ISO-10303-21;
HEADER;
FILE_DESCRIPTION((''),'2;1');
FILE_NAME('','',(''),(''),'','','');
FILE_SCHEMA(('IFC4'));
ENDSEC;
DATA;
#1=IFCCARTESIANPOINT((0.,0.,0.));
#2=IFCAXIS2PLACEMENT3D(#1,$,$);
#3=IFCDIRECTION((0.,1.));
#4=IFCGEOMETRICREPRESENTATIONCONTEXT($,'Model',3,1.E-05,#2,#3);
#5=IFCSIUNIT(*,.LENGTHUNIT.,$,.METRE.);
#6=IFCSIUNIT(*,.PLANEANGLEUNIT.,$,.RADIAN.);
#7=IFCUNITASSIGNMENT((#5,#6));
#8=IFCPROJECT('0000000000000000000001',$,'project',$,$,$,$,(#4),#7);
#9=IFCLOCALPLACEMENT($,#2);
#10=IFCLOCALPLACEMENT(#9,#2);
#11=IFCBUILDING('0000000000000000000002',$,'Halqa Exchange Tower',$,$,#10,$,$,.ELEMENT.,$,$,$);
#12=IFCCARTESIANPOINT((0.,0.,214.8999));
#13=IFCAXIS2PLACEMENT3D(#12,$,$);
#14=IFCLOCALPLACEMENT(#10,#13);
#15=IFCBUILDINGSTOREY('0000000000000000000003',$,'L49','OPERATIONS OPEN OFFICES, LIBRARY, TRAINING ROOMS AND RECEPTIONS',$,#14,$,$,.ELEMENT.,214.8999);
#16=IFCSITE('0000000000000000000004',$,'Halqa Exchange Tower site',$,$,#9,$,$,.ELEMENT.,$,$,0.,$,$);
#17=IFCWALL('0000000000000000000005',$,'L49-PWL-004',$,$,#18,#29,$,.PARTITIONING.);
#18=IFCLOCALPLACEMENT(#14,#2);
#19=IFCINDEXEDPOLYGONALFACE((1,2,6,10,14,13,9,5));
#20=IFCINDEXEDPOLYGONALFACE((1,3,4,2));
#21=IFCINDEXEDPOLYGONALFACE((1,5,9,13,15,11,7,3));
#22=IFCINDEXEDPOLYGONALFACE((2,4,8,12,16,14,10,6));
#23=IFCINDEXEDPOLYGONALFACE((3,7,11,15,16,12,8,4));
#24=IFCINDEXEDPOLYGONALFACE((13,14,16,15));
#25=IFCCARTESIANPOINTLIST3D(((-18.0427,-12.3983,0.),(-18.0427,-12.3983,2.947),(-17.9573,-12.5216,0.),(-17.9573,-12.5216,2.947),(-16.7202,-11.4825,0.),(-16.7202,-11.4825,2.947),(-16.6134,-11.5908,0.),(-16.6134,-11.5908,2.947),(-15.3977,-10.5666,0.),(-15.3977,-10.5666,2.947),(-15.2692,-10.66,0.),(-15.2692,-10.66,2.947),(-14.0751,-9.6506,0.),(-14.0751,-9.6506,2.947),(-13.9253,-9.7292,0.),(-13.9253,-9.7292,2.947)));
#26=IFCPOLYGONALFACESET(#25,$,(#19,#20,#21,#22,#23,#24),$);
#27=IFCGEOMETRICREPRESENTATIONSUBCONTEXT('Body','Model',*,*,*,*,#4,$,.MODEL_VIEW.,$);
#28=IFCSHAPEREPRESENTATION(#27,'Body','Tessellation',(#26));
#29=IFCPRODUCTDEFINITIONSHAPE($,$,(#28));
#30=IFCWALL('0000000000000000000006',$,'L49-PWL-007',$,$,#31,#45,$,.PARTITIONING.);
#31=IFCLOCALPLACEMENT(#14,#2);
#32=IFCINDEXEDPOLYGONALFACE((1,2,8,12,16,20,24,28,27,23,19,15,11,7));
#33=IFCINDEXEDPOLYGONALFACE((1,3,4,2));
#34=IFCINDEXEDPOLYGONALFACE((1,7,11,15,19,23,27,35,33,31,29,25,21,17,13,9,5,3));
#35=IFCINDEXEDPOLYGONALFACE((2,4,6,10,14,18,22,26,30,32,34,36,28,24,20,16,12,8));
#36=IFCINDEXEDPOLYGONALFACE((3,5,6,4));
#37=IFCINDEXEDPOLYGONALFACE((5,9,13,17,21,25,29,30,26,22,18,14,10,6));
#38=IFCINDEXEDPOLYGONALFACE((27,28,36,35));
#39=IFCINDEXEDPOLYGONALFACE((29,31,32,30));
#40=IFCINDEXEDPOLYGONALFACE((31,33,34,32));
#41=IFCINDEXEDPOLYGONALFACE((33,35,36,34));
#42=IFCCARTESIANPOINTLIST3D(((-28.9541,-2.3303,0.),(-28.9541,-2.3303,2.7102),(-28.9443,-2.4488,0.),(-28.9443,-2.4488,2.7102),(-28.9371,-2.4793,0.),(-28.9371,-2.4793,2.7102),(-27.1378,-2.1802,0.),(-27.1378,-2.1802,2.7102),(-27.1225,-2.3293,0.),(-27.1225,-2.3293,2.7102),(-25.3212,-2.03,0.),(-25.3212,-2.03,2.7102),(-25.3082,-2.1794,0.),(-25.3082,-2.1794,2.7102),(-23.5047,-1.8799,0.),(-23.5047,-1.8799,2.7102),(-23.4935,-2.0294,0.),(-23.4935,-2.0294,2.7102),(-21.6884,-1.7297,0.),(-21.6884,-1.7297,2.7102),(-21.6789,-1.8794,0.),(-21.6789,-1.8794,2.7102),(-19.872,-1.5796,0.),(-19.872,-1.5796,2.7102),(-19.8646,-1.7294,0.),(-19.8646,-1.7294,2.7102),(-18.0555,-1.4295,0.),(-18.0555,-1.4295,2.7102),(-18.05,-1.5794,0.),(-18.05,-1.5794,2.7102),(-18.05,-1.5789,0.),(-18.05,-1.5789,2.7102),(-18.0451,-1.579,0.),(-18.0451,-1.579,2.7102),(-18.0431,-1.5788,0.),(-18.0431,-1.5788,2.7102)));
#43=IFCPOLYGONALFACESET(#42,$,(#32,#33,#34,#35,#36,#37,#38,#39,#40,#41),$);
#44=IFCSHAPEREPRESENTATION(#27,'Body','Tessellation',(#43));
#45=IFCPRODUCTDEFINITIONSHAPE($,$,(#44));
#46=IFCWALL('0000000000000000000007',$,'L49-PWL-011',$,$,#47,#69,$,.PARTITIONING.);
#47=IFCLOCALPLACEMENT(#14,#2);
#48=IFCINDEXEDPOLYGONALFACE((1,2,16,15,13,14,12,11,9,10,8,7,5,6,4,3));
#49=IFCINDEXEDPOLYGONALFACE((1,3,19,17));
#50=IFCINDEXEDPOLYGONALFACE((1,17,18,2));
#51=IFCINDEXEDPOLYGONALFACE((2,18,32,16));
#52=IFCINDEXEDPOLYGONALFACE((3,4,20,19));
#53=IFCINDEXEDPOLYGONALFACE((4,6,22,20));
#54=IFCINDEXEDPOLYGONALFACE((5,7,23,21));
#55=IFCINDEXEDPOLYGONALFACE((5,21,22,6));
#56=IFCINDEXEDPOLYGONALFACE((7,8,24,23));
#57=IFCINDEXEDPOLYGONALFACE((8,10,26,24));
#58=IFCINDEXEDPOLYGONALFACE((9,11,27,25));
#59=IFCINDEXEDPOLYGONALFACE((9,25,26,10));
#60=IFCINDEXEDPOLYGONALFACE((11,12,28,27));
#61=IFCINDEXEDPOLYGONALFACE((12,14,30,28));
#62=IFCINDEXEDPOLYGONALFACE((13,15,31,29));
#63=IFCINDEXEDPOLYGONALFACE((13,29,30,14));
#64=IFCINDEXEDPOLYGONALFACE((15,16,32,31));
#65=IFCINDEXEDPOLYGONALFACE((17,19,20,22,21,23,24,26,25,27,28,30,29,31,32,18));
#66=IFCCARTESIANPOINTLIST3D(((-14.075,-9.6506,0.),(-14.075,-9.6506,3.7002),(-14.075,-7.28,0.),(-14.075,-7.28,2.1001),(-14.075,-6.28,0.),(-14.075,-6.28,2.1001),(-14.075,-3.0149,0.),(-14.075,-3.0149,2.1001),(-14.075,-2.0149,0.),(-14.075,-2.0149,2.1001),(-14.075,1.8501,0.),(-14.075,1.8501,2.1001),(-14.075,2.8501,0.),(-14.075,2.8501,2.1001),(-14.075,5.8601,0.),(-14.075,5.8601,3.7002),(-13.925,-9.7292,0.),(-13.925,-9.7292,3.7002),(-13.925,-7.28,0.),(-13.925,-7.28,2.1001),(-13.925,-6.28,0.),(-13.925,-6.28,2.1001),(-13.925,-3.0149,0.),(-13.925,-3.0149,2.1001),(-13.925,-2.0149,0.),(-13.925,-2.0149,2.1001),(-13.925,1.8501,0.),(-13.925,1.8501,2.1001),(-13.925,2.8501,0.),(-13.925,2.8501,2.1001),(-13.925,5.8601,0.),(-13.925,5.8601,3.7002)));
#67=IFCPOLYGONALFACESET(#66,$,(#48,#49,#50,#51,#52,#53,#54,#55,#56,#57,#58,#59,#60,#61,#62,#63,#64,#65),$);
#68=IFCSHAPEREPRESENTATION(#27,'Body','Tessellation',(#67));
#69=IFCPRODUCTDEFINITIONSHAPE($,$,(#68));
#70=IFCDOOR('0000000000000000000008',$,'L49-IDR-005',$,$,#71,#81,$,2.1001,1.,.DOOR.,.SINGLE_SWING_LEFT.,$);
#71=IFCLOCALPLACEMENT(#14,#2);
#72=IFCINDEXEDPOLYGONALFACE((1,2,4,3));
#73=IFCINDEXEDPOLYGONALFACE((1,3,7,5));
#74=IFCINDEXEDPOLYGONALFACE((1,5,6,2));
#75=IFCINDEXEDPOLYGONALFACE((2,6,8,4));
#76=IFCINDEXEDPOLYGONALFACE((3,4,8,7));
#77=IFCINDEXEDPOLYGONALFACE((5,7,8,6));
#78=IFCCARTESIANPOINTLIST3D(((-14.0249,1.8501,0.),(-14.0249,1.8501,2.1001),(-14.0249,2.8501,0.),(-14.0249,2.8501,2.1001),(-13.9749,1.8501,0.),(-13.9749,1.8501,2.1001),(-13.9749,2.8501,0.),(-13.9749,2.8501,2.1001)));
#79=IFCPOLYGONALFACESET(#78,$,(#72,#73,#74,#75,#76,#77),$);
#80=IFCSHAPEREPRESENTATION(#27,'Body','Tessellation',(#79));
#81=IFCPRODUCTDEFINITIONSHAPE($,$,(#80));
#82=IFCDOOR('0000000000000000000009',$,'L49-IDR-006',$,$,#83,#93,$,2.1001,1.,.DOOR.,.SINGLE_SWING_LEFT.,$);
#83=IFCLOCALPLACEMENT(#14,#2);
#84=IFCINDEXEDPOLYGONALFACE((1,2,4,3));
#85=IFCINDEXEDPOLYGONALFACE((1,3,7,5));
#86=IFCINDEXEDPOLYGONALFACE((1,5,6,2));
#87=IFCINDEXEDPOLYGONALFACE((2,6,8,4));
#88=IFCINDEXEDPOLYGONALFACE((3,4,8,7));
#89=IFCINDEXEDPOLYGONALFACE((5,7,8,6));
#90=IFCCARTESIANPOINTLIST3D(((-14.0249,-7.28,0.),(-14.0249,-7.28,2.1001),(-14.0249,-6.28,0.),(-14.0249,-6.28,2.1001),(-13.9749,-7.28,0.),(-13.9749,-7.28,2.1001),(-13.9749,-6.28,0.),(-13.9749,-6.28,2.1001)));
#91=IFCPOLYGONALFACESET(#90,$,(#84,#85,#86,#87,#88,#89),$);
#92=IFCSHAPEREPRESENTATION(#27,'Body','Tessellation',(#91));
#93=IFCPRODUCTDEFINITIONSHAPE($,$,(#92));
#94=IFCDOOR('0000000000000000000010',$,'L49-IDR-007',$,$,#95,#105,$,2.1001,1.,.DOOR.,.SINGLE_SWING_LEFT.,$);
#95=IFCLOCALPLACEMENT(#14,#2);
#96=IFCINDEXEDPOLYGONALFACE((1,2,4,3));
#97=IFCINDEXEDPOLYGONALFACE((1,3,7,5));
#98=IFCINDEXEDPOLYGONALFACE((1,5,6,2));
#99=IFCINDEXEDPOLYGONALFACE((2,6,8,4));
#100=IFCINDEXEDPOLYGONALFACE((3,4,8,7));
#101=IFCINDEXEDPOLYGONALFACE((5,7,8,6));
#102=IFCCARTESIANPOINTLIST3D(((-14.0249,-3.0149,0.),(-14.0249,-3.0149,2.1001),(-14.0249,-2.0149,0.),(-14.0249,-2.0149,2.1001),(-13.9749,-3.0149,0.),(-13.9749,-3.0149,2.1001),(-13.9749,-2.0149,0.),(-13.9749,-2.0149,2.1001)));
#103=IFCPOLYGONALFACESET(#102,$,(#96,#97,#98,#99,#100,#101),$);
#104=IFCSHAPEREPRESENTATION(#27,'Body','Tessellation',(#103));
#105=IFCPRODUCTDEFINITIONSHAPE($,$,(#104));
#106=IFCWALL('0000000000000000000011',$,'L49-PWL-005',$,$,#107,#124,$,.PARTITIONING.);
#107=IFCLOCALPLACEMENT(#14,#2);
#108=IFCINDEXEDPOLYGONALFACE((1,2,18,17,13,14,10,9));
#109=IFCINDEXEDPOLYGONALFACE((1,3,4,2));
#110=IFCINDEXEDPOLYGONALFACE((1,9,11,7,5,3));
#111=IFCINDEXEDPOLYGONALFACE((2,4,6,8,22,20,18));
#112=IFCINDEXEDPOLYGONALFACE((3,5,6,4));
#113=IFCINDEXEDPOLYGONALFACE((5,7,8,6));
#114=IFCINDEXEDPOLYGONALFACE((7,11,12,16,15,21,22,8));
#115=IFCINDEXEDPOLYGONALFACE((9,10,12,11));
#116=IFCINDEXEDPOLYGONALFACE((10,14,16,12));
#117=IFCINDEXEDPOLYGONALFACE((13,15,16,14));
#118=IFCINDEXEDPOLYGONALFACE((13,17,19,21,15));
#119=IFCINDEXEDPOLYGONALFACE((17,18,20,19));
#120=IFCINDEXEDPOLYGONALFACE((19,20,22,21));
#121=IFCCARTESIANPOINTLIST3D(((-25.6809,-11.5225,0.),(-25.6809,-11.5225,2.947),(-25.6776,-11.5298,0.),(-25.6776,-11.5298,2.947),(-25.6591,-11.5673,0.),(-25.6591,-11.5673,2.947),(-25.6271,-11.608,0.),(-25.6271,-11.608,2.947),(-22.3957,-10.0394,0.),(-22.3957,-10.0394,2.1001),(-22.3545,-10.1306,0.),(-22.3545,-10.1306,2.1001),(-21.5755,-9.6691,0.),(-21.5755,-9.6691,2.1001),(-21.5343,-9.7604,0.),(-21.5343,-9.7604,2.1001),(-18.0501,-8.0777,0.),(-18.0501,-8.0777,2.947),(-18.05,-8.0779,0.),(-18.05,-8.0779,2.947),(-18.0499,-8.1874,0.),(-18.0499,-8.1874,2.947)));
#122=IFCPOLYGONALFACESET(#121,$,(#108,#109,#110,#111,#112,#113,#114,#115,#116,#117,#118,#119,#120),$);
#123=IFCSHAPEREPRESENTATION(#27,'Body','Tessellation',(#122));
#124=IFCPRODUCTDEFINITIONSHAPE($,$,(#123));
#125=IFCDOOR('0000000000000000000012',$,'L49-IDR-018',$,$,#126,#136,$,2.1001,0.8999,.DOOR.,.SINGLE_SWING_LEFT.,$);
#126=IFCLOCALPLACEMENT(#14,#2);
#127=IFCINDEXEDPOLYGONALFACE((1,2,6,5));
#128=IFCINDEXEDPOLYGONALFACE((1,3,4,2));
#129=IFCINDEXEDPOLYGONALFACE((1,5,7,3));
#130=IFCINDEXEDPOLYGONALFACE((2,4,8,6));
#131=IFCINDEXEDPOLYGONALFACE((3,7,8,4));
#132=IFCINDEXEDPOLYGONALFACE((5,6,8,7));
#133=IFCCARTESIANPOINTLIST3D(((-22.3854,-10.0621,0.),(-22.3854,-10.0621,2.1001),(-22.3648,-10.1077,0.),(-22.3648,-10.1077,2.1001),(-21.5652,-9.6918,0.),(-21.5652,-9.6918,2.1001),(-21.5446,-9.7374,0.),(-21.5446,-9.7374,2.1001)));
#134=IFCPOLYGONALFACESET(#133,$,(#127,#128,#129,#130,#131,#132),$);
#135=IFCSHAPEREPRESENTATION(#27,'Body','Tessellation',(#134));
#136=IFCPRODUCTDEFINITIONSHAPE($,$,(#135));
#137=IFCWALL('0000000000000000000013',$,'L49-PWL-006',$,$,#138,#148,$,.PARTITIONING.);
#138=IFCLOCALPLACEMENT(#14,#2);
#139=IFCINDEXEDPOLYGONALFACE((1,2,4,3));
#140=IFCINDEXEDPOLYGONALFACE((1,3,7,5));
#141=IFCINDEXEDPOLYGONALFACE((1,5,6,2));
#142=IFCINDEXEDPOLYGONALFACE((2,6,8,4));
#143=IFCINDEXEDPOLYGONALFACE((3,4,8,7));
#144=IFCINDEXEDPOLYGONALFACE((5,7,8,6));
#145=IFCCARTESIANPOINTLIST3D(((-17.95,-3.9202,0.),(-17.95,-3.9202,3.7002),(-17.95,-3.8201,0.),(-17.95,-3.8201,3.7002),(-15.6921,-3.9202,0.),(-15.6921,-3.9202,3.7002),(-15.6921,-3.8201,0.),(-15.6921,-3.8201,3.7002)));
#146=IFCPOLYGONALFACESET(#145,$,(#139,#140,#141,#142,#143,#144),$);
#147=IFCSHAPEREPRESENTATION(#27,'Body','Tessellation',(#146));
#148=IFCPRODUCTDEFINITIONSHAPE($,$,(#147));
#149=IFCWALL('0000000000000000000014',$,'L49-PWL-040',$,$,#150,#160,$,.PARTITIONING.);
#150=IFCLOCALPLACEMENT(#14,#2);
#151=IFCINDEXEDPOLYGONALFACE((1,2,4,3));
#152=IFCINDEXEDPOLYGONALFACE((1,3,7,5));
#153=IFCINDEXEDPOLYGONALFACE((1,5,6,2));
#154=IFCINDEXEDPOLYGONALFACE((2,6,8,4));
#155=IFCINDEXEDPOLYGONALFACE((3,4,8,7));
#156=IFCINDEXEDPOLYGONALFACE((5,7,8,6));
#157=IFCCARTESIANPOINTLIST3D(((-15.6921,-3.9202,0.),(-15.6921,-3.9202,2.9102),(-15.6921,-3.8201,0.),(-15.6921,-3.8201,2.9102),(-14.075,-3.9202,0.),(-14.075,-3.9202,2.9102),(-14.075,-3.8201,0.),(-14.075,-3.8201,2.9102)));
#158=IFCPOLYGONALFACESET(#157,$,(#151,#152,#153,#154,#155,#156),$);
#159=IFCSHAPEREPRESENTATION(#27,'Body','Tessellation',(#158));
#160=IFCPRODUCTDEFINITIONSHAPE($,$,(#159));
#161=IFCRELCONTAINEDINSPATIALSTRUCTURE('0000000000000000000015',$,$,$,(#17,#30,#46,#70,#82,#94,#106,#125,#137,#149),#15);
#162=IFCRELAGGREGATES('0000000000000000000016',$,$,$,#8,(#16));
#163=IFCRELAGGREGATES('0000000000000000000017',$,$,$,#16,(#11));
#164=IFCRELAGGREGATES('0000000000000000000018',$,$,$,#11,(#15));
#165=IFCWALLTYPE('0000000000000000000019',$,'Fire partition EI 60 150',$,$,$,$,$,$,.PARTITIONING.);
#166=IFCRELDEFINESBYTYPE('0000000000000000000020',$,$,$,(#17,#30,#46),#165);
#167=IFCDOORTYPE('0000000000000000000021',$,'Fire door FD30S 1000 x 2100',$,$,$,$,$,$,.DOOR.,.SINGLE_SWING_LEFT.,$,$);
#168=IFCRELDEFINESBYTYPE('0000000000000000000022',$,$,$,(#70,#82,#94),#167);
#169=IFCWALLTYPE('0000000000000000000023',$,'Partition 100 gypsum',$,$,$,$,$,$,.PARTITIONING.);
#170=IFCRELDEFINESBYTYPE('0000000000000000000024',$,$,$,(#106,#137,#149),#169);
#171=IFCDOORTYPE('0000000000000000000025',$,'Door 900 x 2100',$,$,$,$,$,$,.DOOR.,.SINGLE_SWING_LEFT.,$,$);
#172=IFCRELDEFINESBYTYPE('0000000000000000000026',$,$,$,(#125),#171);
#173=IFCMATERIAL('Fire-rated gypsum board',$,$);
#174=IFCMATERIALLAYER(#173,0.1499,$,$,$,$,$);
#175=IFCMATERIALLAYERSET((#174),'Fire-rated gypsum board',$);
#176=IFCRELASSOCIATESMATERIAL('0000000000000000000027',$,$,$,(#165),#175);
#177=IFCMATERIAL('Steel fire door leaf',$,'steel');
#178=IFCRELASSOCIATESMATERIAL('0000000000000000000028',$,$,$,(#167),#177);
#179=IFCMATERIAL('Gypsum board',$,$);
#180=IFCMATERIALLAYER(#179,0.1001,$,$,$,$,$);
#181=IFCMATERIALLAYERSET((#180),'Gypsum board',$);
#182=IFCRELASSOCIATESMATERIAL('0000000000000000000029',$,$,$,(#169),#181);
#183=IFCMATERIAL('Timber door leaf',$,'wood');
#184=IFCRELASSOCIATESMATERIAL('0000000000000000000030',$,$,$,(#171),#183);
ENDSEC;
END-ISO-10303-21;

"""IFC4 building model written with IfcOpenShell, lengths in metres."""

from ifc_helpers import new_model, si_unit, direction, frame, frame_2d, origin, place, context, subcontext, project, spatial, polyline, rectangle, outline, extrude, material, layer, layer_set, type_object, element, fill, save


model = new_model("IFC4")

# Units and contexts
model_context = context("Model", 3, precision=1e-05, world=origin(), true_north=direction((0.0, 1.0)))
body_context = subcontext(model_context, "Body", "Model", "MODEL_VIEW")
ifc_project = project(units=[si_unit("LENGTHUNIT", "METRE"), si_unit("PLANEANGLEUNIT", "RADIAN")], contexts=[model_context])

# Site, building, storey
site_placement = place(None, origin())
site = spatial("IfcSite", under=ifc_project, at=site_placement, Name="Halqa Exchange Tower site", CompositionType="ELEMENT", RefElevation=0.0)
building_placement = place(site_placement, origin())
building = spatial("IfcBuilding", under=site, at=building_placement, Name="Halqa Exchange Tower", CompositionType="ELEMENT")
storey_placement = place(building_placement, frame((0.0, 0.0, 214.8999)))
storey = spatial("IfcBuildingStorey", under=building, at=storey_placement, Name="L49", Description="OPERATIONS OPEN OFFICES, LIBRARY, TRAINING ROOMS AND RECEPTIONS", CompositionType="ELEMENT", Elevation=214.8999)

# Walls
ifc_material_1 = material(Name="Fire-rated gypsum board")
ifc_layer_1 = layer(ifc_material_1, 0.1499)
ifc_layer_set_1 = layer_set([ifc_layer_1], Name="Fire-rated gypsum board")
wall_type_1 = type_object("IfcWallType", Name="Fire partition EI 60 150", PredefinedType="PARTITIONING", material=ifc_layer_set_1)
wall_1_placement = place(storey_placement, frame((-18.0, -12.46, 0.0), z_axis=(0.0, 0.0, 1.0), x_axis=(0.822103, 0.569339, 0.0)))
element("IfcWall", 1, at=wall_1_placement, inside=storey, type_object=wall_type_1, Name="L49-PWL-004", PredefinedType="PARTITIONING", context=body_context, shape_type="SweptSolid", body=[
    extrude(outline(polyline([(0.0, -0.075), (1.6348, -0.075), (3.2698, -0.075), (4.9045, -0.075), (4.8262, 0.075), (3.2173, 0.075), (1.6086, 0.075), (0.0, 0.075), (0.0, -0.075)])), origin(), (0.0, 0.0, 1.0), 2.947),
])
wall_2_placement = place(storey_placement, frame((-18.0493, -1.5042, 0.0), z_axis=(0.0, 0.0, 1.0), x_axis=(-0.996601, -0.082378, 0.0)))
element("IfcWall", 2, at=wall_2_placement, inside=storey, type_object=wall_type_1, Name="L49-PWL-007", PredefinedType="PARTITIONING", context=body_context, shape_type="SweptSolid", body=[
    extrude(outline(polyline([(10.9358, -0.075), (10.9358, 0.0439), (10.9312, 0.075), (9.1104, 0.075), (7.2898, 0.075), (5.469, 0.075), (3.6482, 0.075), (1.8276, 0.075), (0.0068, 0.075), (0.0068, 0.0745), (0.002, 0.075), (0.0, 0.075), (0.0, -0.075), (1.8228, -0.075), (3.6453, -0.075), (5.4678, -0.075), (7.2905, -0.075), (9.1133, -0.075), (10.9358, -0.075)])), origin(), (0.0, 0.0, 1.0), 2.7102),
])

# Wall, openings, doors
wall_3_placement = place(storey_placement, frame((-14.0, -9.7292, 0.0), z_axis=(0.0, 0.0, 1.0), x_axis=(0.0, 1.0, 0.0)))
wall_3 = element("IfcWall", 3, at=wall_3_placement, inside=storey, type_object=wall_type_1, Name="L49-PWL-011", PredefinedType="PARTITIONING", context=body_context, shape_type="SweptSolid", body=[
    extrude(outline(polyline([(15.5894, 0.075), (13.6504, 0.075), (11.7117, 0.075), (9.7727, 0.075), (7.834, 0.075), (5.895, 0.075), (3.9563, 0.075), (2.0173, 0.075), (0.0786, 0.075), (0.0, -0.075), (0.0, -0.075), (1.9487, -0.075), (3.8975, -0.075), (5.8459, -0.075), (7.7947, -0.075), (9.7434, -0.075), (11.6919, -0.075), (13.6406, -0.075), (15.5894, -0.075), (15.5894, 0.075)])), origin(), (0.0, 0.0, 1.0), 3.7002),
])
opening_1_placement = place(wall_3_placement, frame((11.5793, 0.0, 0.0)))
opening_1 = element("IfcOpeningElement", 4, at=opening_1_placement, cuts=wall_3, PredefinedType="OPENING", context=body_context, shape_type="SweptSolid", body=[
    extrude(rectangle(XDim=1.0, YDim=2.1001, at=frame_2d((0.5, 1.05))), frame((0.0, 0.0869, 0.0), z_axis=(0.0, -1.0, 0.0), x_axis=(1.0, 0.0, 0.0)), (0.0, 0.0, 1.0), 0.1738),
])
opening_2_placement = place(wall_3_placement, frame((2.4492, 0.0, 0.0)))
opening_2 = element("IfcOpeningElement", 5, at=opening_2_placement, cuts=wall_3, PredefinedType="OPENING", context=body_context, shape_type="SweptSolid", body=[
    extrude(rectangle(XDim=1.0, YDim=2.1001, at=frame_2d((0.5, 1.05))), frame((0.0, 0.0869, 0.0), z_axis=(0.0, -1.0, 0.0), x_axis=(1.0, 0.0, 0.0)), (0.0, 0.0, 1.0), 0.1738),
])
opening_3_placement = place(wall_3_placement, frame((6.7144, 0.0, 0.0)))
opening_3 = element("IfcOpeningElement", 6, at=opening_3_placement, cuts=wall_3, PredefinedType="OPENING", context=body_context, shape_type="SweptSolid", body=[
    extrude(rectangle(XDim=1.0, YDim=2.1001, at=frame_2d((0.5, 1.05))), frame((0.0, 0.0869, 0.0), z_axis=(0.0, -1.0, 0.0), x_axis=(1.0, 0.0, 0.0)), (0.0, 0.0, 1.0), 0.1738),
])
ifc_material_2 = material(Name="Steel fire door leaf", Category="steel")
door_type_1 = type_object("IfcDoorType", Name="Fire door FD30S 1000 x 2100", OperationType="SINGLE_SWING_LEFT", PredefinedType="DOOR", material=ifc_material_2)
door_1_placement = place(opening_1_placement, origin())
door_1 = element("IfcDoor", 7, at=door_1_placement, inside=storey, type_object=door_type_1, Name="L49-IDR-005", OperationType="SINGLE_SWING_LEFT", OverallHeight=2.1001, OverallWidth=1.0, PredefinedType="DOOR", context=body_context, shape_type="SweptSolid", body=[
    extrude(rectangle(XDim=1.0, YDim=2.1001, at=frame_2d((0.5, 1.05))), frame((0.0, 0.0249, 0.0), z_axis=(0.0, -1.0, 0.0), x_axis=(1.0, 0.0, 0.0)), (0.0, 0.0, 1.0), 0.05),
])
fill(opening_1, door_1)
door_2_placement = place(opening_2_placement, origin())
door_2 = element("IfcDoor", 8, at=door_2_placement, inside=storey, type_object=door_type_1, Name="L49-IDR-006", OperationType="SINGLE_SWING_LEFT", OverallHeight=2.1001, OverallWidth=1.0, PredefinedType="DOOR", context=body_context, shape_type="SweptSolid", body=[
    extrude(rectangle(XDim=1.0, YDim=2.1001, at=frame_2d((0.5, 1.05))), frame((0.0, 0.0249, 0.0), z_axis=(0.0, -1.0, 0.0), x_axis=(1.0, 0.0, 0.0)), (0.0, 0.0, 1.0), 0.05),
])
fill(opening_2, door_2)
door_3_placement = place(opening_3_placement, origin())
door_3 = element("IfcDoor", 9, at=door_3_placement, inside=storey, type_object=door_type_1, Name="L49-IDR-007", OperationType="SINGLE_SWING_LEFT", OverallHeight=2.1001, OverallWidth=1.0, PredefinedType="DOOR", context=body_context, shape_type="SweptSolid", body=[
    extrude(rectangle(XDim=1.0, YDim=2.1001, at=frame_2d((0.5, 1.05))), frame((0.0, 0.0249, 0.0), z_axis=(0.0, -1.0, 0.0), x_axis=(1.0, 0.0, 0.0)), (0.0, 0.0, 1.0), 0.05),
])
fill(opening_3, door_3)

# Wall, opening, door
ifc_material_3 = material(Name="Gypsum board")
ifc_layer_2 = layer(ifc_material_3, 0.1001)
ifc_layer_set_2 = layer_set([ifc_layer_2], Name="Gypsum board")
wall_type_2 = type_object("IfcWallType", Name="Partition 100 gypsum", PredefinedType="PARTITIONING", material=ifc_layer_set_2)
ifc_material_4 = material(Name="Timber door leaf", Category="wood")
door_type_2 = type_object("IfcDoorType", Name="Door 900 x 2100", OperationType="SINGLE_SWING_LEFT", PredefinedType="DOOR", material=ifc_material_4)
wall_4_placement = place(storey_placement, frame((-18.0295, -8.1233, 0.0), z_axis=(0.0, 0.0, 1.0), x_axis=(-0.911432, -0.411451, 0.0)))
wall_4 = element("IfcWall", 10, at=wall_4_placement, inside=storey, type_object=wall_type_2, Name="L49-PWL-005", PredefinedType="PARTITIONING", context=body_context, shape_type="SweptSolid", body=[
    extrude(outline(polyline([(8.3723, -0.05), (8.3723, -0.042), (8.3708, -0.0002), (8.3584, 0.05), (6.6958, 0.05), (5.033, 0.05), (3.3704, 0.05), (1.7078, 0.05), (0.0449, 0.05), (0.0, -0.0498), (0.0, -0.05), (1.6746, -0.05), (3.3489, -0.05), (5.0234, -0.05), (6.6978, -0.05), (8.3723, -0.05)])), origin(), (0.0, 0.0, 1.0), 2.947),
])
opening_4_placement = place(wall_4_placement, frame((3.8679, 0.0, 0.0)))
opening_4 = element("IfcOpeningElement", 11, at=opening_4_placement, cuts=wall_4, PredefinedType="OPENING", context=body_context, shape_type="SweptSolid", body=[
    extrude(rectangle(XDim=0.8999, YDim=2.1001, at=frame_2d((0.45, 1.05))), frame((0.0, 0.062, 0.0), z_axis=(0.0, -1.0, 0.0), x_axis=(1.0, 0.0, 0.0)), (0.0, 0.0, 1.0), 0.124),
])
door_4_placement = place(opening_4_placement, origin())
door_4 = element("IfcDoor", 12, at=door_4_placement, inside=storey, type_object=door_type_2, Name="L49-IDR-018", OperationType="SINGLE_SWING_LEFT", OverallHeight=2.1001, OverallWidth=0.8999, PredefinedType="DOOR", context=body_context, shape_type="SweptSolid", body=[
    extrude(rectangle(XDim=0.8999, YDim=2.1001, at=frame_2d((0.45, 1.05))), frame((0.0, 0.0249, 0.0), z_axis=(0.0, -1.0, 0.0), x_axis=(1.0, 0.0, 0.0)), (0.0, 0.0, 1.0), 0.05),
])
fill(opening_4, door_4)

# Walls
wall_5_placement = place(storey_placement, frame((-17.95, -3.8701, 0.0), z_axis=(0.0, 0.0, 1.0), x_axis=(1.0, 0.0, 0.0)))
element("IfcWall", 13, at=wall_5_placement, inside=storey, type_object=wall_type_2, Name="L49-PWL-006", PredefinedType="PARTITIONING", context=body_context, shape_type="SweptSolid", body=[
    extrude(rectangle(XDim=2.2578, YDim=0.1001, at=frame_2d((1.1289, 0.0))), origin(), (0.0, 0.0, 1.0), 3.7002),
])
wall_6_placement = place(storey_placement, frame((-15.6921, -3.8701, 0.0), z_axis=(0.0, 0.0, 1.0), x_axis=(1.0, 0.0, 0.0)))
element("IfcWall", 14, at=wall_6_placement, inside=storey, type_object=wall_type_2, Name="L49-PWL-040", PredefinedType="PARTITIONING", context=body_context, shape_type="SweptSolid", body=[
    extrude(rectangle(XDim=1.6172, YDim=0.1001, at=frame_2d((0.8086, 0.0))), origin(), (0.0, 0.0, 1.0), 2.9102),
])

save(model, "model.ifc")
